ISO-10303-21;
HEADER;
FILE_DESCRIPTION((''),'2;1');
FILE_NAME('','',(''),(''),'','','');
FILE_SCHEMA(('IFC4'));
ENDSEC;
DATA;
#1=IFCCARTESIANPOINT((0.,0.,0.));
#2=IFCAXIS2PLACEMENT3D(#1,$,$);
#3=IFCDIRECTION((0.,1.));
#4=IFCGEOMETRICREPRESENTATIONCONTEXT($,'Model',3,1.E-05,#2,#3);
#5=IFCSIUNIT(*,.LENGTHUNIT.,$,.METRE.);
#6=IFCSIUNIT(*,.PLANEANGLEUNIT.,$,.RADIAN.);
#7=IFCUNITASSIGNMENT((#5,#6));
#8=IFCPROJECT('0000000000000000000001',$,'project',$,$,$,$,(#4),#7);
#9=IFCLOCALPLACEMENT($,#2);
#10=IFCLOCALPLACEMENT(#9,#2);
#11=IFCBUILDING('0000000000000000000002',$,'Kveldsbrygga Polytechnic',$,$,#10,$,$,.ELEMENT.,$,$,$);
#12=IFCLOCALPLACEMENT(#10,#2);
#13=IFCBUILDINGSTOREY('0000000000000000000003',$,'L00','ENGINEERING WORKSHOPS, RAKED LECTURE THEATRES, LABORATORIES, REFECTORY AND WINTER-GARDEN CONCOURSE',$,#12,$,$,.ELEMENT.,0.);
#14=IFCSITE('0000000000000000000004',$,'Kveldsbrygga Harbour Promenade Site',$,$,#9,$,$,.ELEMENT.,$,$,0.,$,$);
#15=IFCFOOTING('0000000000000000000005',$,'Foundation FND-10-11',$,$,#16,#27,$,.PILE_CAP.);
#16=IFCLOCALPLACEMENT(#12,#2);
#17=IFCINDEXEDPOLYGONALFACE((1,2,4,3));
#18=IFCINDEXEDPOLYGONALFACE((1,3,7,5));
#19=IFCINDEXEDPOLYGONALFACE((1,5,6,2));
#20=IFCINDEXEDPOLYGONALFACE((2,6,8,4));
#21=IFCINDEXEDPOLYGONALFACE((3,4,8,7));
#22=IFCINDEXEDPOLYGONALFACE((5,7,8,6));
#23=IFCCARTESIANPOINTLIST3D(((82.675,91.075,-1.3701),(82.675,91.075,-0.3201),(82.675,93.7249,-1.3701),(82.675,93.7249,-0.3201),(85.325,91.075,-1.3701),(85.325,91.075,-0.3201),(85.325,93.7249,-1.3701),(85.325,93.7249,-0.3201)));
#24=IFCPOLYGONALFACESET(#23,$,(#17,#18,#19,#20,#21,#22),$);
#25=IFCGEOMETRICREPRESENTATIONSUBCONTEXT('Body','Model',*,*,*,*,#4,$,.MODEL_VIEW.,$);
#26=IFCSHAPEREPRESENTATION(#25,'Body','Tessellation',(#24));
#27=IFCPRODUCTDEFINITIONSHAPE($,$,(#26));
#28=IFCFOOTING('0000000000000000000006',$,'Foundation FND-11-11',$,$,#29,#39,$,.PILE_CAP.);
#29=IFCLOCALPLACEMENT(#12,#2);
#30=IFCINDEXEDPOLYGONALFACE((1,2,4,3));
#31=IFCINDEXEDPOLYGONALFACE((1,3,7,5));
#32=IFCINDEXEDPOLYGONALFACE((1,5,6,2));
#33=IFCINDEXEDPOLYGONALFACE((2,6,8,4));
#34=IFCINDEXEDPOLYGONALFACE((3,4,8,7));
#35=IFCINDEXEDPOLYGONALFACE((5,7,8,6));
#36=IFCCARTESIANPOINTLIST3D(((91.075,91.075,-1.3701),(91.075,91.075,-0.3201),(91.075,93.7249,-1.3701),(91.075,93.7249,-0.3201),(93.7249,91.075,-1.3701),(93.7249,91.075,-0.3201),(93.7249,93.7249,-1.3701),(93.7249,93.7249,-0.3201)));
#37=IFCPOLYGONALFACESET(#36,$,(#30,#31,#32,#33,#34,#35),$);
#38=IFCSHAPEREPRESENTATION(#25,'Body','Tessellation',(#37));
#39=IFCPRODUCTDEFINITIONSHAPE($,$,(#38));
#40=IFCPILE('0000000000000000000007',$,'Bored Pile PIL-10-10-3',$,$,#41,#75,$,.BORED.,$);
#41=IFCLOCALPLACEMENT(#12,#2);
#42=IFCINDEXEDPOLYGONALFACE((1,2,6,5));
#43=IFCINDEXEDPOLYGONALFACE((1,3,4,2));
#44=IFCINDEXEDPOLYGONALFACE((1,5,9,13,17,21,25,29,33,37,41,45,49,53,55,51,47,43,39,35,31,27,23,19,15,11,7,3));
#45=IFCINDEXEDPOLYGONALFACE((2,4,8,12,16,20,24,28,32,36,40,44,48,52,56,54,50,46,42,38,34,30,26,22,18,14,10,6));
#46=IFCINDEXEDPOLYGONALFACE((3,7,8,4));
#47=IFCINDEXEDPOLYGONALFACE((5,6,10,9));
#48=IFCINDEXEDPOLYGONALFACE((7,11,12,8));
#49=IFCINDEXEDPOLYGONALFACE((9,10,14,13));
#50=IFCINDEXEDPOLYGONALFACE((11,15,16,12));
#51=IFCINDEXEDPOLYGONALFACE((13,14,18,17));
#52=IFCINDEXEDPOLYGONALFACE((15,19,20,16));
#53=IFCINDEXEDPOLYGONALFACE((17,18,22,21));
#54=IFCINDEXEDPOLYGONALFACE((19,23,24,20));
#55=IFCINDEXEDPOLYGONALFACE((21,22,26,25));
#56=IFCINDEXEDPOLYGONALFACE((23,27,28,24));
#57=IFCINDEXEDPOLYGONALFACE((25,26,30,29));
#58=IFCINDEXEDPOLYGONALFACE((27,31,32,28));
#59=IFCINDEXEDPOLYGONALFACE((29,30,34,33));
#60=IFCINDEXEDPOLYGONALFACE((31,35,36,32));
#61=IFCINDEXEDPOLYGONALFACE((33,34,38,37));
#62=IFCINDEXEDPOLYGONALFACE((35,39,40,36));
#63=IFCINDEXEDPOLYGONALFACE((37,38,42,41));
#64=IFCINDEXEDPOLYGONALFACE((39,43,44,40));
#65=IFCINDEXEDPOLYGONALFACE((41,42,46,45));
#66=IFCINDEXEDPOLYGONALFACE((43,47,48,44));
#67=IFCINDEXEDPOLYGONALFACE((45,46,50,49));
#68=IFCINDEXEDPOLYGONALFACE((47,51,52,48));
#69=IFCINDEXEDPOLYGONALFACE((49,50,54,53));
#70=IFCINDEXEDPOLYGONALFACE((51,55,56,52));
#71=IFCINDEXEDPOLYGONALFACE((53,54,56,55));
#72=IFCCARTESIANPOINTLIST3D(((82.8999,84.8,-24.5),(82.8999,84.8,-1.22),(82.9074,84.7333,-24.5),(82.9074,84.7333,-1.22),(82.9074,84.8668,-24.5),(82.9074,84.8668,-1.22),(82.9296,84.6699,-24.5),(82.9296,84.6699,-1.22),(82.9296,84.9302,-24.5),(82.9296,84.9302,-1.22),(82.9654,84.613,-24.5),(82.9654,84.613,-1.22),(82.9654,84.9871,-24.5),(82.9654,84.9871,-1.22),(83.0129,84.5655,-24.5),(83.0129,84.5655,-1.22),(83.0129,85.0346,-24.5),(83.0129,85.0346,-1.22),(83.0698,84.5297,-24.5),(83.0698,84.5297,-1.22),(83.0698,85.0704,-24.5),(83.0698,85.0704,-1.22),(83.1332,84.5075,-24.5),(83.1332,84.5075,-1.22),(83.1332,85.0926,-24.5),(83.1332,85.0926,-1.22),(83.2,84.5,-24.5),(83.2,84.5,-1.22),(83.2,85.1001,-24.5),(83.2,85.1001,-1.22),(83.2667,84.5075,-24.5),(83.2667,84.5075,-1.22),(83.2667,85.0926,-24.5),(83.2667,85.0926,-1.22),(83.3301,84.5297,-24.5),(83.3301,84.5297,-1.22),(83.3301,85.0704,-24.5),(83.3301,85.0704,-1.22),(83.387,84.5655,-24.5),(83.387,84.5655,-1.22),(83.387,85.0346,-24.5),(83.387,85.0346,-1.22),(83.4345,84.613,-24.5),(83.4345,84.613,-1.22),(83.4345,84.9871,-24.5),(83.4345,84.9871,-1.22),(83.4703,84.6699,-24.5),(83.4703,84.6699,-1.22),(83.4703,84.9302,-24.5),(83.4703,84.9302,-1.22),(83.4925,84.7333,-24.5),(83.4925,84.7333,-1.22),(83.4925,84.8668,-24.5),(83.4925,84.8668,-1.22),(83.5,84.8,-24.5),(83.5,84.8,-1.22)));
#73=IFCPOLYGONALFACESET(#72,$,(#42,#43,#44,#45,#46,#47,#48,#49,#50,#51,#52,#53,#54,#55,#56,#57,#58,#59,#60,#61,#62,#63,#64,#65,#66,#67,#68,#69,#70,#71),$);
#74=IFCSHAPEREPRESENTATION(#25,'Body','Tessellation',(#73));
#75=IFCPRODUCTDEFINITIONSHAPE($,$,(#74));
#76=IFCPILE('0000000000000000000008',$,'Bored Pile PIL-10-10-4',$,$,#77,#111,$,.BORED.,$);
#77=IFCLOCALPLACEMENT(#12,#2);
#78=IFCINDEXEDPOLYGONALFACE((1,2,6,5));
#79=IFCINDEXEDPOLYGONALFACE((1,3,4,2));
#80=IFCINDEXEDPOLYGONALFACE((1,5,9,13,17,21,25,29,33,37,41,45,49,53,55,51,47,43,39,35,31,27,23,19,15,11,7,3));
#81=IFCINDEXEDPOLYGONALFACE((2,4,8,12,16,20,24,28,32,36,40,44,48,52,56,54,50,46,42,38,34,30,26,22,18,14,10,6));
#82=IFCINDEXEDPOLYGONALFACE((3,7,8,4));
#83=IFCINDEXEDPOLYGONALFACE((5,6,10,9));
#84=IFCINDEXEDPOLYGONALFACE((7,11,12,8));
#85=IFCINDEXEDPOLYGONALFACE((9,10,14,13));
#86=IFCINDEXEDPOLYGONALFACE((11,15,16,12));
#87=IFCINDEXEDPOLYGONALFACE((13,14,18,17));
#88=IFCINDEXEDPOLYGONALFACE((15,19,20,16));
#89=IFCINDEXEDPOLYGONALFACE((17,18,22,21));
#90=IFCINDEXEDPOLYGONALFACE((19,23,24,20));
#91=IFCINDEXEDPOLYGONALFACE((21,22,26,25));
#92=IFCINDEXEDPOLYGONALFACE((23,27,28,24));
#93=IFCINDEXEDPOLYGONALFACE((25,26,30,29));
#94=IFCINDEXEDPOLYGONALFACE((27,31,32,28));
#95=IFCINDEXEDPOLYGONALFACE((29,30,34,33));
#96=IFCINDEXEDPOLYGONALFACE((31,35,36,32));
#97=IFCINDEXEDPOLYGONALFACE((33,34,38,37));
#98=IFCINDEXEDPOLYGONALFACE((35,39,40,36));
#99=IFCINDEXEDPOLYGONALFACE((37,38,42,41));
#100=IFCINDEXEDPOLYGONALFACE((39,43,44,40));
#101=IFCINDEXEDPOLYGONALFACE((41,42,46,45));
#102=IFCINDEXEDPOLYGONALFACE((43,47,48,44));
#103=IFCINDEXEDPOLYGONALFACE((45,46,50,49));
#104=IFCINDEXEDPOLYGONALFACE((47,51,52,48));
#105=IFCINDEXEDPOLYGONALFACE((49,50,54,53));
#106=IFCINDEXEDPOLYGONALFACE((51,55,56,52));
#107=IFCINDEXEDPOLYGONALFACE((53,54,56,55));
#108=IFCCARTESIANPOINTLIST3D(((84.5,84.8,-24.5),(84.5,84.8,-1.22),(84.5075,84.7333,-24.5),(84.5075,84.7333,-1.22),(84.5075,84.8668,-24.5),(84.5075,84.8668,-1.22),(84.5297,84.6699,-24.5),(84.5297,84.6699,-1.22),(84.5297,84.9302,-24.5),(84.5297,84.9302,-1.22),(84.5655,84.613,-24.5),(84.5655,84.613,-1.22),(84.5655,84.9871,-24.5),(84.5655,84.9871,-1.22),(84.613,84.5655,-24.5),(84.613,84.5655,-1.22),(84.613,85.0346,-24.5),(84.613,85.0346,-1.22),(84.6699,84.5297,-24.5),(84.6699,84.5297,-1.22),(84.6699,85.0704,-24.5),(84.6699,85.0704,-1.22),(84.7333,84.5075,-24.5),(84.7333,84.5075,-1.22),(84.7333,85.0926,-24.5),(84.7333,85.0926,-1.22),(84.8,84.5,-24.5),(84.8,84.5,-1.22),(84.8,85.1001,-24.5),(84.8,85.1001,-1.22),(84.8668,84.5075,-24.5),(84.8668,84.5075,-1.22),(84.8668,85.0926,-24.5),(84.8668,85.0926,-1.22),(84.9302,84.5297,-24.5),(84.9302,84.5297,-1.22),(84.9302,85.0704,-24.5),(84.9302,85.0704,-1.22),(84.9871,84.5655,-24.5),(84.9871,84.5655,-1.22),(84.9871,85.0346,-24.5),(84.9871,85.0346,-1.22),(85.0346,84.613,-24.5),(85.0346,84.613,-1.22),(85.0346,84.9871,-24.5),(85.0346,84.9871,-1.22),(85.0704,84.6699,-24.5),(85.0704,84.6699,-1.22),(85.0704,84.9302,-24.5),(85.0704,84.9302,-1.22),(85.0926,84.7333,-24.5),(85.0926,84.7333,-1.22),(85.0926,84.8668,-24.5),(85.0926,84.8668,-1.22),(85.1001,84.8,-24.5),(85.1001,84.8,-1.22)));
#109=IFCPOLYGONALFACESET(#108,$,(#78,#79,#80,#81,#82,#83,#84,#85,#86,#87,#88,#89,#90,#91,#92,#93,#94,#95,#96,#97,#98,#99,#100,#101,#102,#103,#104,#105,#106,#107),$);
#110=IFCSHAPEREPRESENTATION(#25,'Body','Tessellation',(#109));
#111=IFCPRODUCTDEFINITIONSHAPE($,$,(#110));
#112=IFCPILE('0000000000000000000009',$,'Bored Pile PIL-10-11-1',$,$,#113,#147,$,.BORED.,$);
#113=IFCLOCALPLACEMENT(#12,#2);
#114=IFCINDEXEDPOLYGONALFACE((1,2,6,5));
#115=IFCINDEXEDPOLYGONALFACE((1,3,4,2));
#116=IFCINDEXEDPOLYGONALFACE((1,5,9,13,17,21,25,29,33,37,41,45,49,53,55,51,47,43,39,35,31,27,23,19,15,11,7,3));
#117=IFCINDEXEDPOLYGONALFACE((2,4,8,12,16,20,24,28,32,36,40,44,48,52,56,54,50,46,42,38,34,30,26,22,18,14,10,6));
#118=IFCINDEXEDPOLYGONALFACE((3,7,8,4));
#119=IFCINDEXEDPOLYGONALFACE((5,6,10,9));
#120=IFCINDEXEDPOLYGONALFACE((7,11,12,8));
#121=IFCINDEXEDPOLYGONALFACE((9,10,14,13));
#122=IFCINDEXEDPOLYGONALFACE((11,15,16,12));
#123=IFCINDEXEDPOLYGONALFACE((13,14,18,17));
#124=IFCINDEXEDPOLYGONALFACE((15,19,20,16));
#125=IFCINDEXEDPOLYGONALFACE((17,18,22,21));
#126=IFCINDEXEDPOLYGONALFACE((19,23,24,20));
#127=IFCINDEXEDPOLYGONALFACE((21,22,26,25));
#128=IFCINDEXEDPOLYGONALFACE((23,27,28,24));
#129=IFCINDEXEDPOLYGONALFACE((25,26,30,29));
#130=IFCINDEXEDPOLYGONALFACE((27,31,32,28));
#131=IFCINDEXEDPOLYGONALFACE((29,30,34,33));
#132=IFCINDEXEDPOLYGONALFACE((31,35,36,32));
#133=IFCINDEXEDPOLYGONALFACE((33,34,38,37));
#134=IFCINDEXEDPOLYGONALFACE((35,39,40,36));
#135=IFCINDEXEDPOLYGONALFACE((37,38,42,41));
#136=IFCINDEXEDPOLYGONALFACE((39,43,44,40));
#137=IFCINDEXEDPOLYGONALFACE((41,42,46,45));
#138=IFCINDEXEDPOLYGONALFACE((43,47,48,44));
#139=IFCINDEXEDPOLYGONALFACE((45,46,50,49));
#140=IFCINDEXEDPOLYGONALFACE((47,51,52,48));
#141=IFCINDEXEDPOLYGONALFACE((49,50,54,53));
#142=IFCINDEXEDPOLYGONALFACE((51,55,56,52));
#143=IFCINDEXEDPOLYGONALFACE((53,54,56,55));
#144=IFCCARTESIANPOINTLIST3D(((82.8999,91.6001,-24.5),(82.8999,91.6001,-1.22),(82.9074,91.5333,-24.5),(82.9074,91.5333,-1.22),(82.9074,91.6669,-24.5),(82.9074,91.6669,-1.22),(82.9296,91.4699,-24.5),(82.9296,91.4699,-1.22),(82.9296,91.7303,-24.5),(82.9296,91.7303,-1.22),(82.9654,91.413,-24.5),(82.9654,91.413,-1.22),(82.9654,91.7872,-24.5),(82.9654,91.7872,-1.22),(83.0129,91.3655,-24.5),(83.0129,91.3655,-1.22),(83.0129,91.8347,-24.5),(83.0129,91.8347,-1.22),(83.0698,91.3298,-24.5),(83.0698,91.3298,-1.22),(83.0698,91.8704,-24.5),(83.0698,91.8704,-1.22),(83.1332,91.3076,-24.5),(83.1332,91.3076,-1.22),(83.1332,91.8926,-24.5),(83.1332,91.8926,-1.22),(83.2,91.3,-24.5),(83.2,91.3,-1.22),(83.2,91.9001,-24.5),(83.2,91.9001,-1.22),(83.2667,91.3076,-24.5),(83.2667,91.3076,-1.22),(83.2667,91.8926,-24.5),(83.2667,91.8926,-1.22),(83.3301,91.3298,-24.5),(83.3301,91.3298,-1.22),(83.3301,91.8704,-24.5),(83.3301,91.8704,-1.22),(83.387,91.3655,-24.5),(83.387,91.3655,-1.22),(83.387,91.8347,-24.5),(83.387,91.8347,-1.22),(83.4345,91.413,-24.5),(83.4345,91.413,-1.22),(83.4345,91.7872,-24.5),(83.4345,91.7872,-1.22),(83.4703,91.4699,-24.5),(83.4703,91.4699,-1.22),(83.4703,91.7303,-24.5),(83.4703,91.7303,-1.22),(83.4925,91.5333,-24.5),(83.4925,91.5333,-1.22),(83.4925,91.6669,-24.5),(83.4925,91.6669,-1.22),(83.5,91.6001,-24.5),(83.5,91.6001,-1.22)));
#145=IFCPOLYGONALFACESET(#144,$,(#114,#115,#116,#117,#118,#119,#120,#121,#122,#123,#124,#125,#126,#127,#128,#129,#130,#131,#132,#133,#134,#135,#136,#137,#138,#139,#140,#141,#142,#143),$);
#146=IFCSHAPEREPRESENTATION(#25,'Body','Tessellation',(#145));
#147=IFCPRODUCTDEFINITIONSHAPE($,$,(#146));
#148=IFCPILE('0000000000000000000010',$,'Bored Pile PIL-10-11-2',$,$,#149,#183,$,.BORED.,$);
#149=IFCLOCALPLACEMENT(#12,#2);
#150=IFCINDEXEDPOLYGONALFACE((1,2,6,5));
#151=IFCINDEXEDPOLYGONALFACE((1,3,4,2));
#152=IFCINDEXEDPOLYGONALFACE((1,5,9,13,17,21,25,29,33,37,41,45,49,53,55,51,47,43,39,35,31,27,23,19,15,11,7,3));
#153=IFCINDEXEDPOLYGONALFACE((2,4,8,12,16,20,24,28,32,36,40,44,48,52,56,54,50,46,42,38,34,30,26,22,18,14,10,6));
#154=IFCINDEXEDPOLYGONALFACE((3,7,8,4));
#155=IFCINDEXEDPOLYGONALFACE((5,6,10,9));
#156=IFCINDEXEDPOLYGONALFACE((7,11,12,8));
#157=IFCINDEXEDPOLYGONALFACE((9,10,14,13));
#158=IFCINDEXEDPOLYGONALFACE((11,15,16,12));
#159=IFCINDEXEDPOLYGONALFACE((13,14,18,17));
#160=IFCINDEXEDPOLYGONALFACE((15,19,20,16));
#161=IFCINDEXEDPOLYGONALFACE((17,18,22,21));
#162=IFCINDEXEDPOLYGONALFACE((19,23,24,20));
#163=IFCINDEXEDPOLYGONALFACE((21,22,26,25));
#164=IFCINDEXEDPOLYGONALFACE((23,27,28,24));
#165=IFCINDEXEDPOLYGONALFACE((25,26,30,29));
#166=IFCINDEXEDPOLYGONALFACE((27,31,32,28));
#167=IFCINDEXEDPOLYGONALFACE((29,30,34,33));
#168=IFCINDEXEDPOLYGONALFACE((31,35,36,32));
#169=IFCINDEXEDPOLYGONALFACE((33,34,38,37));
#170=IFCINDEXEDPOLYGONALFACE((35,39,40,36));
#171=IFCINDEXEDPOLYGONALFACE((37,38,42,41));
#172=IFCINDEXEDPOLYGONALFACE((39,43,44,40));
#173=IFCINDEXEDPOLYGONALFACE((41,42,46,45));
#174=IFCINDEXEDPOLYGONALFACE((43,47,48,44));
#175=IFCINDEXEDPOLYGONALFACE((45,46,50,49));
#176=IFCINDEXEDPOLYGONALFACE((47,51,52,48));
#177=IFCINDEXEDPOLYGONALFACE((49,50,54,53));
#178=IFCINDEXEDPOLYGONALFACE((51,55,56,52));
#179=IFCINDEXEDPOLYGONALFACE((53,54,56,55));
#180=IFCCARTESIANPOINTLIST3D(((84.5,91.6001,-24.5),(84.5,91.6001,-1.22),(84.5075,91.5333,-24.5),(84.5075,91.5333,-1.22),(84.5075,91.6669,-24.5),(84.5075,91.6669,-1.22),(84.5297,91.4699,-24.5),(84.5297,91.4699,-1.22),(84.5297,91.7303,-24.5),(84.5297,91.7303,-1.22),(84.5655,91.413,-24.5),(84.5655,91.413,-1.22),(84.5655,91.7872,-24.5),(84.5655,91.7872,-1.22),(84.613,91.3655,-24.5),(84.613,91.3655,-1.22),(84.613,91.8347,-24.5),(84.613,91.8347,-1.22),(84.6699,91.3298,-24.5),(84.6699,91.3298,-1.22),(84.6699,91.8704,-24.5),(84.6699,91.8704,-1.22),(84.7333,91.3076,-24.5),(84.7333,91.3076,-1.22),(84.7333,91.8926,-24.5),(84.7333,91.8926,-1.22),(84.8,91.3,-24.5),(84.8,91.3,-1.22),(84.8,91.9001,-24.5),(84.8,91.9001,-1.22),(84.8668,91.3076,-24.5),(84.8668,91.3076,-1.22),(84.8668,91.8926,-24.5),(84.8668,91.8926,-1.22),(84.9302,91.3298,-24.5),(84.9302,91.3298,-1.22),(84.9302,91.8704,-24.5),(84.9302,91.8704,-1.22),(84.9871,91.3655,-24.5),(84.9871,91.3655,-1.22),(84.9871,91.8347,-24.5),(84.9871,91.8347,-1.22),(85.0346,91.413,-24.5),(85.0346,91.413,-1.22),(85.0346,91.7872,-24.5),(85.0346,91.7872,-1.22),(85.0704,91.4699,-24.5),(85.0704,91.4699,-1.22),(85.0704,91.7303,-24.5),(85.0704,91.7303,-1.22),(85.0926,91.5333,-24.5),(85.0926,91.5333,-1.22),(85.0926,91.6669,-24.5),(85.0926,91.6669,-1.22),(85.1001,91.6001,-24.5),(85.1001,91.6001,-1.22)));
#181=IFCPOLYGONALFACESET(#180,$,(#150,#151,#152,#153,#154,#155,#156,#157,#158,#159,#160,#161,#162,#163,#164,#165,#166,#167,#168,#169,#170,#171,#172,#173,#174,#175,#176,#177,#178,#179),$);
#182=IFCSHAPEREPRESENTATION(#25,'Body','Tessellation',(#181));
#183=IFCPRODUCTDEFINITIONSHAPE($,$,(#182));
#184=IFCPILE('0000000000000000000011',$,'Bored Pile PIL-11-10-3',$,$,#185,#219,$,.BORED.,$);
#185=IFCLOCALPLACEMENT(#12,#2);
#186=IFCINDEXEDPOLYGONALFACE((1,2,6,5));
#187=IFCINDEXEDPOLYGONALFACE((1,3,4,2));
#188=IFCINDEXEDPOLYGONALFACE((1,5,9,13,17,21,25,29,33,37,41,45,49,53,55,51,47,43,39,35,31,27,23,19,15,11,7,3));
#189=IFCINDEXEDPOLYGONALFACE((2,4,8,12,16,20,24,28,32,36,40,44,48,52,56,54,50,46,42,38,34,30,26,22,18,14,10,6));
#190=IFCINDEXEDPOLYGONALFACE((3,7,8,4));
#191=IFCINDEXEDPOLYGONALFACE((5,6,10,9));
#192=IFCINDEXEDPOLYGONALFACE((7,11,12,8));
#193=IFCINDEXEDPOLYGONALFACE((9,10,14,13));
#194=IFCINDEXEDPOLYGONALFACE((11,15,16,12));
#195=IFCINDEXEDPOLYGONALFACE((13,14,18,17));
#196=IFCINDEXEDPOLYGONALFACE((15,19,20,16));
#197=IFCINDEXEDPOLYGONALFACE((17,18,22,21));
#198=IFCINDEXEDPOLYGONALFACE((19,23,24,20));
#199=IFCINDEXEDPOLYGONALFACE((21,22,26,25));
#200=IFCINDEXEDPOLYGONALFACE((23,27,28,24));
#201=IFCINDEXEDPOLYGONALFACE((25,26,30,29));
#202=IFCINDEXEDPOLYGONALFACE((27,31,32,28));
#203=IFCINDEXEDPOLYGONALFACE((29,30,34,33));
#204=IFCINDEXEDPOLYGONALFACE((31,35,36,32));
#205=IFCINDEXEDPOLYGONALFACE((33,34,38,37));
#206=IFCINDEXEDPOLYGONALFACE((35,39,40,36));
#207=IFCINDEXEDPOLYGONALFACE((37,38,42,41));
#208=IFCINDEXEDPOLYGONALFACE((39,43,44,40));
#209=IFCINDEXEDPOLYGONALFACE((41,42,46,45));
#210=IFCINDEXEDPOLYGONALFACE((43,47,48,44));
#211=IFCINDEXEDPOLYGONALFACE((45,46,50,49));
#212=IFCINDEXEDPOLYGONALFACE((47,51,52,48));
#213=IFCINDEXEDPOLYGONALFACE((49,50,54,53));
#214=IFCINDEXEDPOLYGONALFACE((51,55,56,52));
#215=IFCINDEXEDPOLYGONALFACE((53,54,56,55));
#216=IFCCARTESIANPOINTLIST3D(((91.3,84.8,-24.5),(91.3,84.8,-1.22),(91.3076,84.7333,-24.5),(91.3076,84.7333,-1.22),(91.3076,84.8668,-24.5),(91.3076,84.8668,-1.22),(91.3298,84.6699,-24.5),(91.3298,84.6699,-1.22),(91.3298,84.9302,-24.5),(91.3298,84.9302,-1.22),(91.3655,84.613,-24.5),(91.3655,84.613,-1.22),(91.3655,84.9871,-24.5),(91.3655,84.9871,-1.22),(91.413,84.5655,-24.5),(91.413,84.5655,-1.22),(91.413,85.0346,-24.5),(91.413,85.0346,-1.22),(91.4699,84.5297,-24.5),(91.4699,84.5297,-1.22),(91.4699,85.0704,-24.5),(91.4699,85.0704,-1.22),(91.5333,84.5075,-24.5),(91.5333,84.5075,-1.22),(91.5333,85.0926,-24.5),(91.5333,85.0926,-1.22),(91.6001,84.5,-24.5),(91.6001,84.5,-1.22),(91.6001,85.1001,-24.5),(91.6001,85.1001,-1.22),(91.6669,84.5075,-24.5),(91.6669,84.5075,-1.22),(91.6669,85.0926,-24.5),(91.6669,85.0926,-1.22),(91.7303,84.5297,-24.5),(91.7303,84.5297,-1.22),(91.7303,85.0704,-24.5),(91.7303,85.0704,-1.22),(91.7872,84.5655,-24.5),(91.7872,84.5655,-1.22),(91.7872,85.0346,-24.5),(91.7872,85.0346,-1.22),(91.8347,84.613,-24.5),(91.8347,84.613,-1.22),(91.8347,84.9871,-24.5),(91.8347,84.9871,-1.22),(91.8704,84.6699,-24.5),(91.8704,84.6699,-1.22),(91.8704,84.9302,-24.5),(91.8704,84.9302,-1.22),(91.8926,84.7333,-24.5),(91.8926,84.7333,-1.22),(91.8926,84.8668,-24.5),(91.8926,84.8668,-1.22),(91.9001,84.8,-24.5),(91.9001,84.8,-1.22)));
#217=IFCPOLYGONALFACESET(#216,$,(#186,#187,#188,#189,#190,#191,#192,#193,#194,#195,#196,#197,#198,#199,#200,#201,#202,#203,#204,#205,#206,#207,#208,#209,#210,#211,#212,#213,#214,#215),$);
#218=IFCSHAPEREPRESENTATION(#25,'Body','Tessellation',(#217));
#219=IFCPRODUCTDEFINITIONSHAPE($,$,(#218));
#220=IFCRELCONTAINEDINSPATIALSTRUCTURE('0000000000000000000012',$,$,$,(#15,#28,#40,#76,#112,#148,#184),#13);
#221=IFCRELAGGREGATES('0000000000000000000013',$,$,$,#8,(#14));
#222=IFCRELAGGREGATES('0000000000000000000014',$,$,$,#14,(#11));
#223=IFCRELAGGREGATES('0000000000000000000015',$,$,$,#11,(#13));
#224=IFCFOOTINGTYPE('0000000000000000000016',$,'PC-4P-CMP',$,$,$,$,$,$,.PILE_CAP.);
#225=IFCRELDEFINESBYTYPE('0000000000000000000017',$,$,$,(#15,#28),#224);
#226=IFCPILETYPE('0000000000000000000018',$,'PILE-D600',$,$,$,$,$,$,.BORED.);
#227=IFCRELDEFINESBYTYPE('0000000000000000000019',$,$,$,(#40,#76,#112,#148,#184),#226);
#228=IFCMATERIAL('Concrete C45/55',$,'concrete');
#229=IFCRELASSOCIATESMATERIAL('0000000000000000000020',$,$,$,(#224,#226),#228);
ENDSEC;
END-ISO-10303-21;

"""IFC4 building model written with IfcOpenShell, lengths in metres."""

from ifc_helpers import new_model, si_unit, direction, frame, origin, origin_2d, place, context, subcontext, project, spatial, rectangle, circle, extrude, material, material_profile, profile_set, type_object, element, save


model = new_model("IFC4")

# Units and contexts
model_context = context("Model", 3, precision=1e-05, world=origin(), true_north=direction((0.0, 1.0)))
body_context = subcontext(model_context, "Body", "Model", "MODEL_VIEW")
ifc_project = project(units=[si_unit("LENGTHUNIT", "METRE"), si_unit("PLANEANGLEUNIT", "RADIAN")], contexts=[model_context])

# Site, building, storey
site_placement = place(None, origin())
site = spatial("IfcSite", under=ifc_project, at=site_placement, Name="Kveldsbrygga Harbour Promenade Site", CompositionType="ELEMENT", RefElevation=0.0)
building_placement = place(site_placement, origin())
building = spatial("IfcBuilding", under=site, at=building_placement, Name="Kveldsbrygga Polytechnic", CompositionType="ELEMENT")
storey_placement = place(building_placement, origin())
storey = spatial("IfcBuildingStorey", under=building, at=storey_placement, Name="L00", Description="ENGINEERING WORKSHOPS, RAKED LECTURE THEATRES, LABORATORIES, REFECTORY AND WINTER-GARDEN CONCOURSE", CompositionType="ELEMENT", Elevation=0.0)

# Footings
ifc_material_1 = material(Name="Concrete C45/55", Category="concrete")
footing_type = type_object("IfcFootingType", Name="PC-4P-CMP", PredefinedType="PILE_CAP", material=ifc_material_1)
for number, where, z_axis, x_axis, name in (
    (1, (84.0, 92.3999, -1.3701), (0.0, 0.0, 1.0), (1.0, 0.0, 0.0), "Foundation FND-10-11"),
    (2, (92.3999, 92.3999, -1.3701), (0.0, 0.0, 1.0), (1.0, 0.0, 0.0), "Foundation FND-11-11"),
):
    element("IfcFooting", number, at=place(storey_placement, frame(where, z_axis=z_axis, x_axis=x_axis)), inside=storey, type_object=footing_type, Name=name, PredefinedType="PILE_CAP", context=body_context, shape_type="SweptSolid", body=[
        extrude(rectangle(XDim=2.6499, YDim=2.6499, at=origin_2d()), origin(), (0.0, 0.0, 1.0), 1.05),
    ])

# Piles
ifc_material_profile_1 = material_profile(ifc_material_1, circle(Radius=0.3, at=origin_2d()), Name="PILE D600")
ifc_profile_set_1 = profile_set([ifc_material_profile_1], Name="Concrete C45/55")
pile_type = type_object("IfcPileType", Name="PILE-D600", PredefinedType="BORED", material=ifc_profile_set_1)
for number, where, z_axis, x_axis, name in (
    (3, (83.2, 84.8, -1.22), (0.0, 0.0, -1.0), (1.0, 0.0, 0.0), "Bored Pile PIL-10-10-3"),
    (4, (84.8, 84.8, -1.22), (0.0, 0.0, -1.0), (1.0, 0.0, 0.0), "Bored Pile PIL-10-10-4"),
    (5, (83.2, 91.6001, -1.22), (0.0, 0.0, -1.0), (1.0, 0.0, 0.0), "Bored Pile PIL-10-11-1"),
    (6, (84.8, 91.6001, -1.22), (0.0, 0.0, -1.0), (1.0, 0.0, 0.0), "Bored Pile PIL-10-11-2"),
    (7, (91.6001, 84.8, -1.22), (0.0, 0.0, -1.0), (1.0, 0.0, 0.0), "Bored Pile PIL-11-10-3"),
):
    element("IfcPile", number, at=place(storey_placement, frame(where, z_axis=z_axis, x_axis=x_axis)), inside=storey, type_object=pile_type, Name=name, PredefinedType="BORED", context=body_context, shape_type="SweptSolid", body=[
        extrude(circle(Radius=0.3, at=origin_2d()), origin(), (0.0, 0.0, 1.0), 23.28),
    ])

save(model, "model.ifc")
